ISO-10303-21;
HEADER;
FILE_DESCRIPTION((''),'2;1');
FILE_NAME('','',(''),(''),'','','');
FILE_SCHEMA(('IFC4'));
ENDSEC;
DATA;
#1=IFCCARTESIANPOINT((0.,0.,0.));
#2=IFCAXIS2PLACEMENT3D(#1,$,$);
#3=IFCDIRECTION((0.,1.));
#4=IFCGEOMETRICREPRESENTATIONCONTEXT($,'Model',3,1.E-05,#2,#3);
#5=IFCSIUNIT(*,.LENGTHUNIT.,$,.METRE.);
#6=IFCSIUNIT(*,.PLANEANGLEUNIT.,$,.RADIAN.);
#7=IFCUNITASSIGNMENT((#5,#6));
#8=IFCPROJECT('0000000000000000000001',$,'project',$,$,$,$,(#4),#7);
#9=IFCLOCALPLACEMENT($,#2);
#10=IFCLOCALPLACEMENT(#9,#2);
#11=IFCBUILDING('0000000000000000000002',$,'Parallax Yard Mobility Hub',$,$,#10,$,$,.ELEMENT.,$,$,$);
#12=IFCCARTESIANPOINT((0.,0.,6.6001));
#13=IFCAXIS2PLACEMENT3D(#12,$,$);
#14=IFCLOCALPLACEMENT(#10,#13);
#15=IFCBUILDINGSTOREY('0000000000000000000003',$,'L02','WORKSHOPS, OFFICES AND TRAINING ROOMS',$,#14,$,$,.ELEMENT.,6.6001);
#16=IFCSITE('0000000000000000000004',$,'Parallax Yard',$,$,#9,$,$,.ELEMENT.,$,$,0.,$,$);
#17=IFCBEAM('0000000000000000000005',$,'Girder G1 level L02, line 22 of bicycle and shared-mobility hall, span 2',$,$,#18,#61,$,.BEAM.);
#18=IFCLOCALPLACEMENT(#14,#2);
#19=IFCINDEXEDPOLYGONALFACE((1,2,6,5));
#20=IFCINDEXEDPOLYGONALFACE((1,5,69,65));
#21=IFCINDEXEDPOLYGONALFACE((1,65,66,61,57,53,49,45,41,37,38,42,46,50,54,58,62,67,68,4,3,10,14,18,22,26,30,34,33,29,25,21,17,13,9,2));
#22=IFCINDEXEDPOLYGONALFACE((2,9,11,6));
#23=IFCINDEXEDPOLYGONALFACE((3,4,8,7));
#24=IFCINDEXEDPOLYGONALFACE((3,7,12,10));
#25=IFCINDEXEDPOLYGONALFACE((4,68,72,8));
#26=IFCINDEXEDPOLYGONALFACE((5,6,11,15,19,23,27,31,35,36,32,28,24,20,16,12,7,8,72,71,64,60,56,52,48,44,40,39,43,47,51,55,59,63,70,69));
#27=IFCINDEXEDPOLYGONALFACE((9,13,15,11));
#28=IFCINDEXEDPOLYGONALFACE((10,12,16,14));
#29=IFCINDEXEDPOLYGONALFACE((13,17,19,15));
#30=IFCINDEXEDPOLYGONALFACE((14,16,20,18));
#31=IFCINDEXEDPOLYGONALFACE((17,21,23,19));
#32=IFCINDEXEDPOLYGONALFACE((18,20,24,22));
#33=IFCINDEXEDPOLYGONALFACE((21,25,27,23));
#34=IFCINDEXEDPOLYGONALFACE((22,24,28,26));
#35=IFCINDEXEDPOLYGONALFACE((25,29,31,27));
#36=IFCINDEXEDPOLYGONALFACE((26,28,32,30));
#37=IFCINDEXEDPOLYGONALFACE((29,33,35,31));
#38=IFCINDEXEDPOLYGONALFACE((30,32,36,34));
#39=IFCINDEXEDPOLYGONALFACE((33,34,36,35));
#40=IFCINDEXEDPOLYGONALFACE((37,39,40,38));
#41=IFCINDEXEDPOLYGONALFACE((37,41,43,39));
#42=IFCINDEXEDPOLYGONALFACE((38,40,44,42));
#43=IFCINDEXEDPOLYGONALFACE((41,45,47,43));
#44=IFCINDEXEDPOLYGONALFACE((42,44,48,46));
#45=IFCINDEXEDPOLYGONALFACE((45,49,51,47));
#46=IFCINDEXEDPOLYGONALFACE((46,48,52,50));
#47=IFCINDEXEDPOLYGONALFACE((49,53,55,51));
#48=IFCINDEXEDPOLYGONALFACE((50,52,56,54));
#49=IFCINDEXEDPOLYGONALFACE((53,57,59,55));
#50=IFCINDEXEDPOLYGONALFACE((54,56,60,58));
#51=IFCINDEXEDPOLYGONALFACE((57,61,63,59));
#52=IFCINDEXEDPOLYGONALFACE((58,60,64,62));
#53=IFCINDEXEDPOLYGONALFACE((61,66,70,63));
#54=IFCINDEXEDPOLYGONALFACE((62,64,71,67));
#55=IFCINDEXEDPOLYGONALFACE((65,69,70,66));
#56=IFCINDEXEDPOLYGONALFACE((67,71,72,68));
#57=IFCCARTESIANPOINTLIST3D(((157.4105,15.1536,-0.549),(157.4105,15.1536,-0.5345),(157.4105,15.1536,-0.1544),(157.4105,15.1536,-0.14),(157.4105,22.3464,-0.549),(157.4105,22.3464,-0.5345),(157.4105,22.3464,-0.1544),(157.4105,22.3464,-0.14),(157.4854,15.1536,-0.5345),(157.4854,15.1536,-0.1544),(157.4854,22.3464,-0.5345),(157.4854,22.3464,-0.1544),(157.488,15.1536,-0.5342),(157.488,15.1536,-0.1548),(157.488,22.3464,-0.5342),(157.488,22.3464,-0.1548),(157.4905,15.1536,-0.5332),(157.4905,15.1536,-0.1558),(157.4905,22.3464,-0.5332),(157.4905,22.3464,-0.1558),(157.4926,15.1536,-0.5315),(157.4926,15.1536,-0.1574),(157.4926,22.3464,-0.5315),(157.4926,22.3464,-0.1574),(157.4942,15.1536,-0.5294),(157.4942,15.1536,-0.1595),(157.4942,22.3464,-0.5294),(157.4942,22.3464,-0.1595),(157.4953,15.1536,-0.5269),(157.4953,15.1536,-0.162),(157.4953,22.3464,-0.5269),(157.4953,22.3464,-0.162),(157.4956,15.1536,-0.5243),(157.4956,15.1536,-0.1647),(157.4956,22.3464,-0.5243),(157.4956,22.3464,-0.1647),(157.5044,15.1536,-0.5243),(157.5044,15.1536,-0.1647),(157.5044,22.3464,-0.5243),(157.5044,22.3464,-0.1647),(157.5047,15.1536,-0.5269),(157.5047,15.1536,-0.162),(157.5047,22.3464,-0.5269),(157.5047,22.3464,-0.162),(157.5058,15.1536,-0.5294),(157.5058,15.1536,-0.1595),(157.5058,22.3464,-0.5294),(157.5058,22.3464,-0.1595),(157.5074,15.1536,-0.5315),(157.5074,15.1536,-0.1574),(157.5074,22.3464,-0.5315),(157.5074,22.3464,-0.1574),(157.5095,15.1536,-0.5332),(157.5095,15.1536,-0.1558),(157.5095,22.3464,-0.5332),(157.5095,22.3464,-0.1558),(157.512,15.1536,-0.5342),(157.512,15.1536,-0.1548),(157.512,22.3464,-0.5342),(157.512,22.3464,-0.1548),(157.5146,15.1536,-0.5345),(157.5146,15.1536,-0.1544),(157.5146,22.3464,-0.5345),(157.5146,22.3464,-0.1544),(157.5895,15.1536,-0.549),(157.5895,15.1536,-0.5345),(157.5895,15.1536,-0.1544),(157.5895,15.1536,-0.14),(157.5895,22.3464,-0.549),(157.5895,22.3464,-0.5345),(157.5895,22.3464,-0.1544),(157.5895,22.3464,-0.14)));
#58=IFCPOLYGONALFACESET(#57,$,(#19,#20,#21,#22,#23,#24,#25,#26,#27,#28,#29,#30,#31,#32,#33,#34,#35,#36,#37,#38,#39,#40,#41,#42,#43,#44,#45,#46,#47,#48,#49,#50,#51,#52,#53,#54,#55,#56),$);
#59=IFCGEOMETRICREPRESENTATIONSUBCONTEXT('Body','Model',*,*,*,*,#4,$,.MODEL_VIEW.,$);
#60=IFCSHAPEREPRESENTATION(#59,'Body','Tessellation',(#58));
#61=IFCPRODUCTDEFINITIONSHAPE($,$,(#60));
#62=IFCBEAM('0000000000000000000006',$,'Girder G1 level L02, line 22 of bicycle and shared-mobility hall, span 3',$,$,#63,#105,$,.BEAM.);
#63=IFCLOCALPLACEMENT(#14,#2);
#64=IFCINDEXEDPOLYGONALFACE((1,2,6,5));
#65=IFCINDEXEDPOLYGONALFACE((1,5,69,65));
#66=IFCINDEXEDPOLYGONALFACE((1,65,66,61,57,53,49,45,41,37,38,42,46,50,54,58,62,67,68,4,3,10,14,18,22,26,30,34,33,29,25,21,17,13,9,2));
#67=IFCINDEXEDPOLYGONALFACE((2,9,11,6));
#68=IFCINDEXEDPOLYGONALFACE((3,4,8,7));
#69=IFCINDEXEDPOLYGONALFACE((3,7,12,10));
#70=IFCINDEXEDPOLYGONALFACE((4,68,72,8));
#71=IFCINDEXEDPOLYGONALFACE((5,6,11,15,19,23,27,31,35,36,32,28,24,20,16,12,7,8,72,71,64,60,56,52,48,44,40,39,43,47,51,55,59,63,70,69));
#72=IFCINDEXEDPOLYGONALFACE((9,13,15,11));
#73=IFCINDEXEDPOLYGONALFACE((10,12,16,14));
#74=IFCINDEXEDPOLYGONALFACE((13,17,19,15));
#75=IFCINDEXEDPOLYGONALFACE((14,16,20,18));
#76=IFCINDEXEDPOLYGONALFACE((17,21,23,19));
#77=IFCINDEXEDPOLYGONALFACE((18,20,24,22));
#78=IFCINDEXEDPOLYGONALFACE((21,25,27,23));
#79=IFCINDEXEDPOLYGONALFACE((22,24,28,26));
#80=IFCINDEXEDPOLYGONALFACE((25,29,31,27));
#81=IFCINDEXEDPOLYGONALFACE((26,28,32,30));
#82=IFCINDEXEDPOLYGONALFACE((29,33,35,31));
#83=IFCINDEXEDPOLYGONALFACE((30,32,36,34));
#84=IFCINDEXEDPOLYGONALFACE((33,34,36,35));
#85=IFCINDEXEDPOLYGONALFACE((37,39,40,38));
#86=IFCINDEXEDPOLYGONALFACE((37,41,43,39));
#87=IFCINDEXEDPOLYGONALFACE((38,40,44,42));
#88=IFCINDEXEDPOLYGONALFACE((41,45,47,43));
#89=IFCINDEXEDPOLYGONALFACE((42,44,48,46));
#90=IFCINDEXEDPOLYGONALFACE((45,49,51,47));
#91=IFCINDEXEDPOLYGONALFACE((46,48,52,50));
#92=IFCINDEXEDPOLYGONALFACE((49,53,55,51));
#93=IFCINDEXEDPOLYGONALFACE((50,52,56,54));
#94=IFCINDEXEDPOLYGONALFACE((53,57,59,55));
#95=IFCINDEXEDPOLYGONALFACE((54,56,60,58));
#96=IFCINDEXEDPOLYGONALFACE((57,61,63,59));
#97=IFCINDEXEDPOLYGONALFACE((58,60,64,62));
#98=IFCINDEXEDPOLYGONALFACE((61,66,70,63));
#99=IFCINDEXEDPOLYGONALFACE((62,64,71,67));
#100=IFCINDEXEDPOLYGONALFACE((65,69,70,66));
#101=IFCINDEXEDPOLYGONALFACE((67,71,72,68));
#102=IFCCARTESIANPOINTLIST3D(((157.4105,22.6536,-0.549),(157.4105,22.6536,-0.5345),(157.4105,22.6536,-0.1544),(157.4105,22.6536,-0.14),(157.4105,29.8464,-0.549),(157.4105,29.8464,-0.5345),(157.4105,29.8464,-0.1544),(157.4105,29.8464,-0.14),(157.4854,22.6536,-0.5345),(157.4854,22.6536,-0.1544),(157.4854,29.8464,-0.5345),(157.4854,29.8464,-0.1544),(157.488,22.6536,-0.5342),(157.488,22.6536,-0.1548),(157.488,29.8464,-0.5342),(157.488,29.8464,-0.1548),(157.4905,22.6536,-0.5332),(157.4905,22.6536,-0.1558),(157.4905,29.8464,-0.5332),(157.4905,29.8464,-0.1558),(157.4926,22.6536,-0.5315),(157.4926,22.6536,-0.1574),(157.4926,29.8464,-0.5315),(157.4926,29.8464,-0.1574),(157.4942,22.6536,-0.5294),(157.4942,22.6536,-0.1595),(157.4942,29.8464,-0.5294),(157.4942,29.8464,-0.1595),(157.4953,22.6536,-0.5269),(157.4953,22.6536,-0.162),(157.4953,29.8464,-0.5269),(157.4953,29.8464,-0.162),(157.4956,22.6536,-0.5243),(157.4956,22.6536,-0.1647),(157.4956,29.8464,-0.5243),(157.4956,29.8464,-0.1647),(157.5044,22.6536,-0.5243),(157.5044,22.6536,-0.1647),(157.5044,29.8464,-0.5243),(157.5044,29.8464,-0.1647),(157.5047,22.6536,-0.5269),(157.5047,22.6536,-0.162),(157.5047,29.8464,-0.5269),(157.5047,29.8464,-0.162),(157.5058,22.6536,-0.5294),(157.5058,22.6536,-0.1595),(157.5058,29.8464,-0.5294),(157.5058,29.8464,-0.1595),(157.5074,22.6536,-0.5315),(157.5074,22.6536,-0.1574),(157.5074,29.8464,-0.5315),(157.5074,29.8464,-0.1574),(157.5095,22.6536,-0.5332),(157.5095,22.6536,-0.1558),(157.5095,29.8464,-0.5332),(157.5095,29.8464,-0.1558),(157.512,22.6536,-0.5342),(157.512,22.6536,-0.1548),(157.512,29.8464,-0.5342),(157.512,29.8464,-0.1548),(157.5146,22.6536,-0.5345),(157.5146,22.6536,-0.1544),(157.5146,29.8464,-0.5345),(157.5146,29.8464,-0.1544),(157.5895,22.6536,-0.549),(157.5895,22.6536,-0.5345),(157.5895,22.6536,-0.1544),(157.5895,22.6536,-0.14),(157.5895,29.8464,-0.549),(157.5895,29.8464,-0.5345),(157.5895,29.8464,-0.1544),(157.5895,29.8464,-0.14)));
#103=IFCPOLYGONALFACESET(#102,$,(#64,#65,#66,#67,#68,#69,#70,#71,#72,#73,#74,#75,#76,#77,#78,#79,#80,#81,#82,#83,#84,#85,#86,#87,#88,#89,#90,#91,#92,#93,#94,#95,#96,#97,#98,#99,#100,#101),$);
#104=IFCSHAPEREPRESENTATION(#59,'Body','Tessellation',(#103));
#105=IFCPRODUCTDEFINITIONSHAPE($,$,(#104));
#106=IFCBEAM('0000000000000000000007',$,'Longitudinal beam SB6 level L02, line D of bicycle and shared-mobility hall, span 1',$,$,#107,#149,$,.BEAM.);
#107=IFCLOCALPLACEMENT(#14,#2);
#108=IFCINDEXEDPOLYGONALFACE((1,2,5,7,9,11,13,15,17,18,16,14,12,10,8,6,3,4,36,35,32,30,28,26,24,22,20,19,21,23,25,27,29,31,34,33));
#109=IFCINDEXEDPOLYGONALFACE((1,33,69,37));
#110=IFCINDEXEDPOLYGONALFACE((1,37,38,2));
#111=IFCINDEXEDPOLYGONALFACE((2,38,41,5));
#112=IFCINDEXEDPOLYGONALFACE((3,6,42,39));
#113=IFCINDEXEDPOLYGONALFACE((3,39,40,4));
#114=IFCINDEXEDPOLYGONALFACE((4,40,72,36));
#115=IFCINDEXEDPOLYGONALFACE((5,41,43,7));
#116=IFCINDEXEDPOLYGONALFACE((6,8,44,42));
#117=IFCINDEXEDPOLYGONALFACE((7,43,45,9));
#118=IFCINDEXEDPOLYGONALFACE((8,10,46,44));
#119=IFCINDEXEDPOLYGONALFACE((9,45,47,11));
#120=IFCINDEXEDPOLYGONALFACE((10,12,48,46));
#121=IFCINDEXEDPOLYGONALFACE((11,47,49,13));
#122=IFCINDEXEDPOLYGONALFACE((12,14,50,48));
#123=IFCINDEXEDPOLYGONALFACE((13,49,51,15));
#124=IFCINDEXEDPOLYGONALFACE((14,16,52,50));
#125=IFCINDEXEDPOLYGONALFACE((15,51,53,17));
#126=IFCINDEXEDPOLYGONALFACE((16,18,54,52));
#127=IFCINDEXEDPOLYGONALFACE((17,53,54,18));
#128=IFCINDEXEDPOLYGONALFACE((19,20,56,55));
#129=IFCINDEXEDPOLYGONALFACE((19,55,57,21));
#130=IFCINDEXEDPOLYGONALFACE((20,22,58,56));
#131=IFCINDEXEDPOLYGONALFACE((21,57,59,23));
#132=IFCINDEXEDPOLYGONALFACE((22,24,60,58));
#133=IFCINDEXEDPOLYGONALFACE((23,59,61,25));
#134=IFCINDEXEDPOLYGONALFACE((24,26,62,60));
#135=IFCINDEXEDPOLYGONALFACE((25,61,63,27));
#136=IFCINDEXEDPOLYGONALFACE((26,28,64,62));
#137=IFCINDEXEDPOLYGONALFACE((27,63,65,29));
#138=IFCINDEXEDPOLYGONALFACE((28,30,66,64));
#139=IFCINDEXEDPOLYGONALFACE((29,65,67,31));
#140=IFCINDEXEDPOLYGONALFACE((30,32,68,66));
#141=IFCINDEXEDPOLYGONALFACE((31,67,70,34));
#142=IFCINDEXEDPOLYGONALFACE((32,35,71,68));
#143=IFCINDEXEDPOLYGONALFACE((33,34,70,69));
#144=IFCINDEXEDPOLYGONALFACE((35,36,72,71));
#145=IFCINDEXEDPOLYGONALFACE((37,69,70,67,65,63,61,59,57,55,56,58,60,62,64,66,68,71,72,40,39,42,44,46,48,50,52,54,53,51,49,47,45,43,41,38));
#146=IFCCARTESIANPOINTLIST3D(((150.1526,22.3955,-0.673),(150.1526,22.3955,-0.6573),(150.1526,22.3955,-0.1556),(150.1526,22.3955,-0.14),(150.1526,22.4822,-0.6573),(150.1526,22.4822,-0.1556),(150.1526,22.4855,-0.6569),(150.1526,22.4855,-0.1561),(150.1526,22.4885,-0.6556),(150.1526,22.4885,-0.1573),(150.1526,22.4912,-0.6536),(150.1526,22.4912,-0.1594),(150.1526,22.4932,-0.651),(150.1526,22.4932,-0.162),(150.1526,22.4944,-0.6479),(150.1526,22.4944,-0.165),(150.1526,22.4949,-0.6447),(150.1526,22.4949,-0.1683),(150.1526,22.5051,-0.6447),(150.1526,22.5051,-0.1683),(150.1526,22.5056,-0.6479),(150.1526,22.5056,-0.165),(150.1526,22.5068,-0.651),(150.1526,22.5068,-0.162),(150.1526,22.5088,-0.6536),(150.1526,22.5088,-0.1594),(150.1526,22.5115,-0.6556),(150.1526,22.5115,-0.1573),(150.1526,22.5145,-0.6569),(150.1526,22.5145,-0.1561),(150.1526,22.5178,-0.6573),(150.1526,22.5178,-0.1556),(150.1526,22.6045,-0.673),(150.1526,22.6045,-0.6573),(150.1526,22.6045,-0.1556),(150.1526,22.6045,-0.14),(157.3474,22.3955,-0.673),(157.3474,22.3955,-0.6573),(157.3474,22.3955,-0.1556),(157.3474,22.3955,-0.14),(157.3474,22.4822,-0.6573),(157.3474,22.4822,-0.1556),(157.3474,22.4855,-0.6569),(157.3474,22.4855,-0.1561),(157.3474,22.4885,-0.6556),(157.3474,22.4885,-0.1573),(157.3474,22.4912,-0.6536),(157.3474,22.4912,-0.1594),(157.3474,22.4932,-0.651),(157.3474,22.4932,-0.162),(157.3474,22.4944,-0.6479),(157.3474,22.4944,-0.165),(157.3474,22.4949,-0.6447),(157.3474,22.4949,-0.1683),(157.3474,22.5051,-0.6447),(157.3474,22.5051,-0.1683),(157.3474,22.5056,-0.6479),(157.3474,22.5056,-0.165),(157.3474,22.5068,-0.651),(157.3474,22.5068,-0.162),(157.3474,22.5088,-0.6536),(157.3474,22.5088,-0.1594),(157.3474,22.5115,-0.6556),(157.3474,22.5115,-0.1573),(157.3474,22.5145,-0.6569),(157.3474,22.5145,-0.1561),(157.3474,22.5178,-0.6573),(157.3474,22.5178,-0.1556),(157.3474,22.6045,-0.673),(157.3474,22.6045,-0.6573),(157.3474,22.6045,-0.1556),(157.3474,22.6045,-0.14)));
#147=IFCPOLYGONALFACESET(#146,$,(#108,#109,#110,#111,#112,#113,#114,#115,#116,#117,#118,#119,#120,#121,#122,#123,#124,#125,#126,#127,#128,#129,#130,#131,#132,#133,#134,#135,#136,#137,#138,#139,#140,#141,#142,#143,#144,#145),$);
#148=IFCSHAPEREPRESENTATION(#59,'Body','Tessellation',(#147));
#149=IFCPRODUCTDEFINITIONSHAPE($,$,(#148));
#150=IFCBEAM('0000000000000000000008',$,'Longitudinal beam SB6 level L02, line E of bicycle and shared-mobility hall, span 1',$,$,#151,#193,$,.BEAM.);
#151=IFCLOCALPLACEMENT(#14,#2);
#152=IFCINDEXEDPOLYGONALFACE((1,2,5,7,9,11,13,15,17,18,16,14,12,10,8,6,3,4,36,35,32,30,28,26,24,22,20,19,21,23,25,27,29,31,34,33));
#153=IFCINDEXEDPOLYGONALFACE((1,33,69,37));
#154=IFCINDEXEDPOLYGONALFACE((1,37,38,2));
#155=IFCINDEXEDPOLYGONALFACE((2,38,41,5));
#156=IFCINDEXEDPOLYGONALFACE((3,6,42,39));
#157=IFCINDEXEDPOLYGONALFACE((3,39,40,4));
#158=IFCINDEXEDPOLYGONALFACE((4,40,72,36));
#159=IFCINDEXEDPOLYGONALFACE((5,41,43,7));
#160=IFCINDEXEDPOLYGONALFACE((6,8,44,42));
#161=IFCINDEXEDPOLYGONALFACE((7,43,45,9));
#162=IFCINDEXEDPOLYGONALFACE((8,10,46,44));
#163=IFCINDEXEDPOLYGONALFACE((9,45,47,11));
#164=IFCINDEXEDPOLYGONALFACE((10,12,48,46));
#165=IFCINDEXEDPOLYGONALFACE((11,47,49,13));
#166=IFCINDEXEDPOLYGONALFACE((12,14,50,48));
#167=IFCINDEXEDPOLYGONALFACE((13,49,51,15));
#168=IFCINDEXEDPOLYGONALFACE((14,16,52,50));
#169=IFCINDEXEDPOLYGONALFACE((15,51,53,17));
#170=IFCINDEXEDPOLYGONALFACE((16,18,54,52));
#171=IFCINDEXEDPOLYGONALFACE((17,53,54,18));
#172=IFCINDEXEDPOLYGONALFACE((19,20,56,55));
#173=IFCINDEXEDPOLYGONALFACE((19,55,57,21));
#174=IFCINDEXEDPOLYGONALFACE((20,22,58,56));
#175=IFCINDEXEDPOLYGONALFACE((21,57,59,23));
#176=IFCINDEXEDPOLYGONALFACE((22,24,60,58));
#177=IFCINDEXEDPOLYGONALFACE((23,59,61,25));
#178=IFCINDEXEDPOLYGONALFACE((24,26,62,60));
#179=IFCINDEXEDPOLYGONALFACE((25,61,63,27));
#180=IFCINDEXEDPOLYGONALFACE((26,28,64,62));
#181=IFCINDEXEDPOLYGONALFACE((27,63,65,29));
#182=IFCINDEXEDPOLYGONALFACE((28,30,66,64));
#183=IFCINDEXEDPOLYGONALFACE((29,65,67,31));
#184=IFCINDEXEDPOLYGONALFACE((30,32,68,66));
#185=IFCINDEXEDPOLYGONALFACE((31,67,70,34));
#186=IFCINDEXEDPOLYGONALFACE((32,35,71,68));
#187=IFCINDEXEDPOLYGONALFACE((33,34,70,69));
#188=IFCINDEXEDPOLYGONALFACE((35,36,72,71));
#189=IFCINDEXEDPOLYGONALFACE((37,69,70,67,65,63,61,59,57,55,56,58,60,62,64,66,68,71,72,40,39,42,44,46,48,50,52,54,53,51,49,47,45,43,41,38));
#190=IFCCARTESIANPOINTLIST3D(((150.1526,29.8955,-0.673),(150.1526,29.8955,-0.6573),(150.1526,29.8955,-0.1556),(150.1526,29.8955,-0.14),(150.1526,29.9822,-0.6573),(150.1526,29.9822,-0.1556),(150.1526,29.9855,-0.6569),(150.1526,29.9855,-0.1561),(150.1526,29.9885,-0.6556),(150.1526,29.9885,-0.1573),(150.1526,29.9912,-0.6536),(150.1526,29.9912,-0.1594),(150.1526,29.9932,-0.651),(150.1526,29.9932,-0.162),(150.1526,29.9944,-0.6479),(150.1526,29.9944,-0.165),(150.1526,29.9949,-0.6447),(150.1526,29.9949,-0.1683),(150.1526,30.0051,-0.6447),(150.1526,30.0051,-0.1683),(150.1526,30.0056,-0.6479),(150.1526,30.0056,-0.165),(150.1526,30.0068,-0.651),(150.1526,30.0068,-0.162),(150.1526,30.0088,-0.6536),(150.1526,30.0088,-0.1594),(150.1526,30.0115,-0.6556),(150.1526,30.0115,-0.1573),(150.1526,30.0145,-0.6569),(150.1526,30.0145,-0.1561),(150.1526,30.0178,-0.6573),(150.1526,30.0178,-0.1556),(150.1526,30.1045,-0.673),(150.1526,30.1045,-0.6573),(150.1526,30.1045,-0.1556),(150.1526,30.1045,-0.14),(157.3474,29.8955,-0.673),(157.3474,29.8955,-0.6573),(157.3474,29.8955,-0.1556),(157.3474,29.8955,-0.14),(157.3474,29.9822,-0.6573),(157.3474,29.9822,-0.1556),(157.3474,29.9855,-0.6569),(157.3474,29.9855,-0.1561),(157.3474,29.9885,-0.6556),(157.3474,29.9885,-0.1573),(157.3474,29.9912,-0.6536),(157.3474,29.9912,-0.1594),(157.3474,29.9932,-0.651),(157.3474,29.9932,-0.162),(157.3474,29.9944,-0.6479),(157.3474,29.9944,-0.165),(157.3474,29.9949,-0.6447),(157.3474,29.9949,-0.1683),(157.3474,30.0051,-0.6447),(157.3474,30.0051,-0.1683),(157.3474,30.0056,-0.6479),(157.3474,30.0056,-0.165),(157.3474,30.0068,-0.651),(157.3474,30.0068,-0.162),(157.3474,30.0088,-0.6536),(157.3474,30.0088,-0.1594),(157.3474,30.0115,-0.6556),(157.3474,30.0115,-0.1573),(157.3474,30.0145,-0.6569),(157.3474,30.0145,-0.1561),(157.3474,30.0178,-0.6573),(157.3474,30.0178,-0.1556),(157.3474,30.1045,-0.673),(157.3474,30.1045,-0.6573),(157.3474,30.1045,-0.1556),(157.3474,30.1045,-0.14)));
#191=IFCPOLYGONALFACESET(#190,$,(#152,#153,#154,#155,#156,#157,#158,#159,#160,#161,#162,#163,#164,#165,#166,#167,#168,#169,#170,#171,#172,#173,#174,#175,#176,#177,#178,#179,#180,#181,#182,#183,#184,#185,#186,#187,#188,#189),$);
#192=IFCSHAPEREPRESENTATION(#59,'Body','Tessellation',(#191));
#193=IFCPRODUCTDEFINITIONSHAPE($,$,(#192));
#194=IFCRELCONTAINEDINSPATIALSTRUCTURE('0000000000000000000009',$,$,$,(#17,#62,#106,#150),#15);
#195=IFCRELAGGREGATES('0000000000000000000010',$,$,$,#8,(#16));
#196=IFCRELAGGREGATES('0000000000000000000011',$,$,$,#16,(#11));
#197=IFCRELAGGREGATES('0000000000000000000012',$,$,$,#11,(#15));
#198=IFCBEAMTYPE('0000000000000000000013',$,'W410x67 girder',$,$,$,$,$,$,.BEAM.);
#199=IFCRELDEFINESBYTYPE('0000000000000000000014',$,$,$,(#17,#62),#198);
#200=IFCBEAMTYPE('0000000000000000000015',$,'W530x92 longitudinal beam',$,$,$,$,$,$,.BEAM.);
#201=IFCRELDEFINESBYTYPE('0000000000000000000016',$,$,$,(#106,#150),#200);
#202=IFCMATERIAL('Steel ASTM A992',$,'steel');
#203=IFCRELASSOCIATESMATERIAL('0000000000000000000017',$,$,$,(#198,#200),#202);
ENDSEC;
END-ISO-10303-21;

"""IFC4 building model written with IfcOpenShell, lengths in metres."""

from ifc_helpers import new_model, si_unit, direction, frame, origin, origin_2d, place, context, subcontext, project, spatial, i_section, extrude, material, material_profile, profile_set, type_object, element, save


model = new_model("IFC4")

# Units and contexts
model_context = context("Model", 3, precision=1e-05, world=origin(), true_north=direction((0.0, 1.0)))
body_context = subcontext(model_context, "Body", "Model", "MODEL_VIEW")
ifc_project = project(units=[si_unit("LENGTHUNIT", "METRE"), si_unit("PLANEANGLEUNIT", "RADIAN")], contexts=[model_context])

# Site, building, storey
site_placement = place(None, origin())
site = spatial("IfcSite", under=ifc_project, at=site_placement, Name="Parallax Yard", CompositionType="ELEMENT", RefElevation=0.0)
building_placement = place(site_placement, origin())
building = spatial("IfcBuilding", under=site, at=building_placement, Name="Parallax Yard Mobility Hub", CompositionType="ELEMENT")
storey_placement = place(building_placement, frame((0.0, 0.0, 6.6001)))
storey = spatial("IfcBuildingStorey", under=building, at=storey_placement, Name="L02", Description="WORKSHOPS, OFFICES AND TRAINING ROOMS", CompositionType="ELEMENT", Elevation=6.6001)

# Shared definitions
ifc_material_1 = material(Name="Steel ASTM A992", Category="steel")

# Beams
ifc_material_profile_1 = material_profile(ifc_material_1, i_section(OverallWidth=0.179, OverallDepth=0.4089, WebThickness=0.0088, FlangeThickness=0.0144, FilletRadius=0.0103, at=origin_2d()), Name="W410x67")
ifc_profile_set_1 = profile_set([ifc_material_profile_1], Name="Steel ASTM A992")
beam_type_1 = type_object("IfcBeamType", Name="W410x67 girder", PredefinedType="BEAM", material=ifc_profile_set_1)
for number, where, z_axis, x_axis, name in (
    (1, (157.5, 15.1536, -0.3445), (0.0, 1.0, 0.0), (-1.0, 0.0, 0.0), "Girder G1 level L02, line 22 of bicycle and shared-mobility hall, span 2"),
    (2, (157.5, 22.6536, -0.3445), (0.0, 1.0, 0.0), (-1.0, 0.0, 0.0), "Girder G1 level L02, line 22 of bicycle and shared-mobility hall, span 3"),
):
    element("IfcBeam", number, at=place(storey_placement, frame(where, z_axis=z_axis, x_axis=x_axis)), inside=storey, type_object=beam_type_1, Name=name, PredefinedType="BEAM", context=body_context, shape_type="SweptSolid", body=[
        extrude(i_section(OverallWidth=0.179, OverallDepth=0.4089, WebThickness=0.0088, FlangeThickness=0.0144, FilletRadius=0.0103, at=origin_2d()), origin(), (0.0, 0.0, 1.0), 7.1929),
    ])
ifc_material_profile_2 = material_profile(ifc_material_1, i_section(OverallWidth=0.209, OverallDepth=0.533, WebThickness=0.0103, FlangeThickness=0.0156, FilletRadius=0.0127, at=origin_2d()), Name="W530x92")
ifc_profile_set_2 = profile_set([ifc_material_profile_2], Name="Steel ASTM A992")
beam_type_2 = type_object("IfcBeamType", Name="W530x92 longitudinal beam", PredefinedType="BEAM", material=ifc_profile_set_2)
for number, where, z_axis, x_axis, name in (
    (3, (150.1526, 22.5, -0.4065), (1.0, 0.0, 0.0), (0.0, 1.0, 0.0), "Longitudinal beam SB6 level L02, line D of bicycle and shared-mobility hall, span 1"),
    (4, (150.1526, 30.0, -0.4065), (1.0, 0.0, 0.0), (0.0, 1.0, 0.0), "Longitudinal beam SB6 level L02, line E of bicycle and shared-mobility hall, span 1"),
):
    element("IfcBeam", number, at=place(storey_placement, frame(where, z_axis=z_axis, x_axis=x_axis)), inside=storey, type_object=beam_type_2, Name=name, PredefinedType="BEAM", context=body_context, shape_type="SweptSolid", body=[
        extrude(i_section(OverallWidth=0.209, OverallDepth=0.533, WebThickness=0.0103, FlangeThickness=0.0156, FilletRadius=0.0127, at=origin_2d()), origin(), (0.0, 0.0, 1.0), 7.1948),
    ])

save(model, "model.ifc")
